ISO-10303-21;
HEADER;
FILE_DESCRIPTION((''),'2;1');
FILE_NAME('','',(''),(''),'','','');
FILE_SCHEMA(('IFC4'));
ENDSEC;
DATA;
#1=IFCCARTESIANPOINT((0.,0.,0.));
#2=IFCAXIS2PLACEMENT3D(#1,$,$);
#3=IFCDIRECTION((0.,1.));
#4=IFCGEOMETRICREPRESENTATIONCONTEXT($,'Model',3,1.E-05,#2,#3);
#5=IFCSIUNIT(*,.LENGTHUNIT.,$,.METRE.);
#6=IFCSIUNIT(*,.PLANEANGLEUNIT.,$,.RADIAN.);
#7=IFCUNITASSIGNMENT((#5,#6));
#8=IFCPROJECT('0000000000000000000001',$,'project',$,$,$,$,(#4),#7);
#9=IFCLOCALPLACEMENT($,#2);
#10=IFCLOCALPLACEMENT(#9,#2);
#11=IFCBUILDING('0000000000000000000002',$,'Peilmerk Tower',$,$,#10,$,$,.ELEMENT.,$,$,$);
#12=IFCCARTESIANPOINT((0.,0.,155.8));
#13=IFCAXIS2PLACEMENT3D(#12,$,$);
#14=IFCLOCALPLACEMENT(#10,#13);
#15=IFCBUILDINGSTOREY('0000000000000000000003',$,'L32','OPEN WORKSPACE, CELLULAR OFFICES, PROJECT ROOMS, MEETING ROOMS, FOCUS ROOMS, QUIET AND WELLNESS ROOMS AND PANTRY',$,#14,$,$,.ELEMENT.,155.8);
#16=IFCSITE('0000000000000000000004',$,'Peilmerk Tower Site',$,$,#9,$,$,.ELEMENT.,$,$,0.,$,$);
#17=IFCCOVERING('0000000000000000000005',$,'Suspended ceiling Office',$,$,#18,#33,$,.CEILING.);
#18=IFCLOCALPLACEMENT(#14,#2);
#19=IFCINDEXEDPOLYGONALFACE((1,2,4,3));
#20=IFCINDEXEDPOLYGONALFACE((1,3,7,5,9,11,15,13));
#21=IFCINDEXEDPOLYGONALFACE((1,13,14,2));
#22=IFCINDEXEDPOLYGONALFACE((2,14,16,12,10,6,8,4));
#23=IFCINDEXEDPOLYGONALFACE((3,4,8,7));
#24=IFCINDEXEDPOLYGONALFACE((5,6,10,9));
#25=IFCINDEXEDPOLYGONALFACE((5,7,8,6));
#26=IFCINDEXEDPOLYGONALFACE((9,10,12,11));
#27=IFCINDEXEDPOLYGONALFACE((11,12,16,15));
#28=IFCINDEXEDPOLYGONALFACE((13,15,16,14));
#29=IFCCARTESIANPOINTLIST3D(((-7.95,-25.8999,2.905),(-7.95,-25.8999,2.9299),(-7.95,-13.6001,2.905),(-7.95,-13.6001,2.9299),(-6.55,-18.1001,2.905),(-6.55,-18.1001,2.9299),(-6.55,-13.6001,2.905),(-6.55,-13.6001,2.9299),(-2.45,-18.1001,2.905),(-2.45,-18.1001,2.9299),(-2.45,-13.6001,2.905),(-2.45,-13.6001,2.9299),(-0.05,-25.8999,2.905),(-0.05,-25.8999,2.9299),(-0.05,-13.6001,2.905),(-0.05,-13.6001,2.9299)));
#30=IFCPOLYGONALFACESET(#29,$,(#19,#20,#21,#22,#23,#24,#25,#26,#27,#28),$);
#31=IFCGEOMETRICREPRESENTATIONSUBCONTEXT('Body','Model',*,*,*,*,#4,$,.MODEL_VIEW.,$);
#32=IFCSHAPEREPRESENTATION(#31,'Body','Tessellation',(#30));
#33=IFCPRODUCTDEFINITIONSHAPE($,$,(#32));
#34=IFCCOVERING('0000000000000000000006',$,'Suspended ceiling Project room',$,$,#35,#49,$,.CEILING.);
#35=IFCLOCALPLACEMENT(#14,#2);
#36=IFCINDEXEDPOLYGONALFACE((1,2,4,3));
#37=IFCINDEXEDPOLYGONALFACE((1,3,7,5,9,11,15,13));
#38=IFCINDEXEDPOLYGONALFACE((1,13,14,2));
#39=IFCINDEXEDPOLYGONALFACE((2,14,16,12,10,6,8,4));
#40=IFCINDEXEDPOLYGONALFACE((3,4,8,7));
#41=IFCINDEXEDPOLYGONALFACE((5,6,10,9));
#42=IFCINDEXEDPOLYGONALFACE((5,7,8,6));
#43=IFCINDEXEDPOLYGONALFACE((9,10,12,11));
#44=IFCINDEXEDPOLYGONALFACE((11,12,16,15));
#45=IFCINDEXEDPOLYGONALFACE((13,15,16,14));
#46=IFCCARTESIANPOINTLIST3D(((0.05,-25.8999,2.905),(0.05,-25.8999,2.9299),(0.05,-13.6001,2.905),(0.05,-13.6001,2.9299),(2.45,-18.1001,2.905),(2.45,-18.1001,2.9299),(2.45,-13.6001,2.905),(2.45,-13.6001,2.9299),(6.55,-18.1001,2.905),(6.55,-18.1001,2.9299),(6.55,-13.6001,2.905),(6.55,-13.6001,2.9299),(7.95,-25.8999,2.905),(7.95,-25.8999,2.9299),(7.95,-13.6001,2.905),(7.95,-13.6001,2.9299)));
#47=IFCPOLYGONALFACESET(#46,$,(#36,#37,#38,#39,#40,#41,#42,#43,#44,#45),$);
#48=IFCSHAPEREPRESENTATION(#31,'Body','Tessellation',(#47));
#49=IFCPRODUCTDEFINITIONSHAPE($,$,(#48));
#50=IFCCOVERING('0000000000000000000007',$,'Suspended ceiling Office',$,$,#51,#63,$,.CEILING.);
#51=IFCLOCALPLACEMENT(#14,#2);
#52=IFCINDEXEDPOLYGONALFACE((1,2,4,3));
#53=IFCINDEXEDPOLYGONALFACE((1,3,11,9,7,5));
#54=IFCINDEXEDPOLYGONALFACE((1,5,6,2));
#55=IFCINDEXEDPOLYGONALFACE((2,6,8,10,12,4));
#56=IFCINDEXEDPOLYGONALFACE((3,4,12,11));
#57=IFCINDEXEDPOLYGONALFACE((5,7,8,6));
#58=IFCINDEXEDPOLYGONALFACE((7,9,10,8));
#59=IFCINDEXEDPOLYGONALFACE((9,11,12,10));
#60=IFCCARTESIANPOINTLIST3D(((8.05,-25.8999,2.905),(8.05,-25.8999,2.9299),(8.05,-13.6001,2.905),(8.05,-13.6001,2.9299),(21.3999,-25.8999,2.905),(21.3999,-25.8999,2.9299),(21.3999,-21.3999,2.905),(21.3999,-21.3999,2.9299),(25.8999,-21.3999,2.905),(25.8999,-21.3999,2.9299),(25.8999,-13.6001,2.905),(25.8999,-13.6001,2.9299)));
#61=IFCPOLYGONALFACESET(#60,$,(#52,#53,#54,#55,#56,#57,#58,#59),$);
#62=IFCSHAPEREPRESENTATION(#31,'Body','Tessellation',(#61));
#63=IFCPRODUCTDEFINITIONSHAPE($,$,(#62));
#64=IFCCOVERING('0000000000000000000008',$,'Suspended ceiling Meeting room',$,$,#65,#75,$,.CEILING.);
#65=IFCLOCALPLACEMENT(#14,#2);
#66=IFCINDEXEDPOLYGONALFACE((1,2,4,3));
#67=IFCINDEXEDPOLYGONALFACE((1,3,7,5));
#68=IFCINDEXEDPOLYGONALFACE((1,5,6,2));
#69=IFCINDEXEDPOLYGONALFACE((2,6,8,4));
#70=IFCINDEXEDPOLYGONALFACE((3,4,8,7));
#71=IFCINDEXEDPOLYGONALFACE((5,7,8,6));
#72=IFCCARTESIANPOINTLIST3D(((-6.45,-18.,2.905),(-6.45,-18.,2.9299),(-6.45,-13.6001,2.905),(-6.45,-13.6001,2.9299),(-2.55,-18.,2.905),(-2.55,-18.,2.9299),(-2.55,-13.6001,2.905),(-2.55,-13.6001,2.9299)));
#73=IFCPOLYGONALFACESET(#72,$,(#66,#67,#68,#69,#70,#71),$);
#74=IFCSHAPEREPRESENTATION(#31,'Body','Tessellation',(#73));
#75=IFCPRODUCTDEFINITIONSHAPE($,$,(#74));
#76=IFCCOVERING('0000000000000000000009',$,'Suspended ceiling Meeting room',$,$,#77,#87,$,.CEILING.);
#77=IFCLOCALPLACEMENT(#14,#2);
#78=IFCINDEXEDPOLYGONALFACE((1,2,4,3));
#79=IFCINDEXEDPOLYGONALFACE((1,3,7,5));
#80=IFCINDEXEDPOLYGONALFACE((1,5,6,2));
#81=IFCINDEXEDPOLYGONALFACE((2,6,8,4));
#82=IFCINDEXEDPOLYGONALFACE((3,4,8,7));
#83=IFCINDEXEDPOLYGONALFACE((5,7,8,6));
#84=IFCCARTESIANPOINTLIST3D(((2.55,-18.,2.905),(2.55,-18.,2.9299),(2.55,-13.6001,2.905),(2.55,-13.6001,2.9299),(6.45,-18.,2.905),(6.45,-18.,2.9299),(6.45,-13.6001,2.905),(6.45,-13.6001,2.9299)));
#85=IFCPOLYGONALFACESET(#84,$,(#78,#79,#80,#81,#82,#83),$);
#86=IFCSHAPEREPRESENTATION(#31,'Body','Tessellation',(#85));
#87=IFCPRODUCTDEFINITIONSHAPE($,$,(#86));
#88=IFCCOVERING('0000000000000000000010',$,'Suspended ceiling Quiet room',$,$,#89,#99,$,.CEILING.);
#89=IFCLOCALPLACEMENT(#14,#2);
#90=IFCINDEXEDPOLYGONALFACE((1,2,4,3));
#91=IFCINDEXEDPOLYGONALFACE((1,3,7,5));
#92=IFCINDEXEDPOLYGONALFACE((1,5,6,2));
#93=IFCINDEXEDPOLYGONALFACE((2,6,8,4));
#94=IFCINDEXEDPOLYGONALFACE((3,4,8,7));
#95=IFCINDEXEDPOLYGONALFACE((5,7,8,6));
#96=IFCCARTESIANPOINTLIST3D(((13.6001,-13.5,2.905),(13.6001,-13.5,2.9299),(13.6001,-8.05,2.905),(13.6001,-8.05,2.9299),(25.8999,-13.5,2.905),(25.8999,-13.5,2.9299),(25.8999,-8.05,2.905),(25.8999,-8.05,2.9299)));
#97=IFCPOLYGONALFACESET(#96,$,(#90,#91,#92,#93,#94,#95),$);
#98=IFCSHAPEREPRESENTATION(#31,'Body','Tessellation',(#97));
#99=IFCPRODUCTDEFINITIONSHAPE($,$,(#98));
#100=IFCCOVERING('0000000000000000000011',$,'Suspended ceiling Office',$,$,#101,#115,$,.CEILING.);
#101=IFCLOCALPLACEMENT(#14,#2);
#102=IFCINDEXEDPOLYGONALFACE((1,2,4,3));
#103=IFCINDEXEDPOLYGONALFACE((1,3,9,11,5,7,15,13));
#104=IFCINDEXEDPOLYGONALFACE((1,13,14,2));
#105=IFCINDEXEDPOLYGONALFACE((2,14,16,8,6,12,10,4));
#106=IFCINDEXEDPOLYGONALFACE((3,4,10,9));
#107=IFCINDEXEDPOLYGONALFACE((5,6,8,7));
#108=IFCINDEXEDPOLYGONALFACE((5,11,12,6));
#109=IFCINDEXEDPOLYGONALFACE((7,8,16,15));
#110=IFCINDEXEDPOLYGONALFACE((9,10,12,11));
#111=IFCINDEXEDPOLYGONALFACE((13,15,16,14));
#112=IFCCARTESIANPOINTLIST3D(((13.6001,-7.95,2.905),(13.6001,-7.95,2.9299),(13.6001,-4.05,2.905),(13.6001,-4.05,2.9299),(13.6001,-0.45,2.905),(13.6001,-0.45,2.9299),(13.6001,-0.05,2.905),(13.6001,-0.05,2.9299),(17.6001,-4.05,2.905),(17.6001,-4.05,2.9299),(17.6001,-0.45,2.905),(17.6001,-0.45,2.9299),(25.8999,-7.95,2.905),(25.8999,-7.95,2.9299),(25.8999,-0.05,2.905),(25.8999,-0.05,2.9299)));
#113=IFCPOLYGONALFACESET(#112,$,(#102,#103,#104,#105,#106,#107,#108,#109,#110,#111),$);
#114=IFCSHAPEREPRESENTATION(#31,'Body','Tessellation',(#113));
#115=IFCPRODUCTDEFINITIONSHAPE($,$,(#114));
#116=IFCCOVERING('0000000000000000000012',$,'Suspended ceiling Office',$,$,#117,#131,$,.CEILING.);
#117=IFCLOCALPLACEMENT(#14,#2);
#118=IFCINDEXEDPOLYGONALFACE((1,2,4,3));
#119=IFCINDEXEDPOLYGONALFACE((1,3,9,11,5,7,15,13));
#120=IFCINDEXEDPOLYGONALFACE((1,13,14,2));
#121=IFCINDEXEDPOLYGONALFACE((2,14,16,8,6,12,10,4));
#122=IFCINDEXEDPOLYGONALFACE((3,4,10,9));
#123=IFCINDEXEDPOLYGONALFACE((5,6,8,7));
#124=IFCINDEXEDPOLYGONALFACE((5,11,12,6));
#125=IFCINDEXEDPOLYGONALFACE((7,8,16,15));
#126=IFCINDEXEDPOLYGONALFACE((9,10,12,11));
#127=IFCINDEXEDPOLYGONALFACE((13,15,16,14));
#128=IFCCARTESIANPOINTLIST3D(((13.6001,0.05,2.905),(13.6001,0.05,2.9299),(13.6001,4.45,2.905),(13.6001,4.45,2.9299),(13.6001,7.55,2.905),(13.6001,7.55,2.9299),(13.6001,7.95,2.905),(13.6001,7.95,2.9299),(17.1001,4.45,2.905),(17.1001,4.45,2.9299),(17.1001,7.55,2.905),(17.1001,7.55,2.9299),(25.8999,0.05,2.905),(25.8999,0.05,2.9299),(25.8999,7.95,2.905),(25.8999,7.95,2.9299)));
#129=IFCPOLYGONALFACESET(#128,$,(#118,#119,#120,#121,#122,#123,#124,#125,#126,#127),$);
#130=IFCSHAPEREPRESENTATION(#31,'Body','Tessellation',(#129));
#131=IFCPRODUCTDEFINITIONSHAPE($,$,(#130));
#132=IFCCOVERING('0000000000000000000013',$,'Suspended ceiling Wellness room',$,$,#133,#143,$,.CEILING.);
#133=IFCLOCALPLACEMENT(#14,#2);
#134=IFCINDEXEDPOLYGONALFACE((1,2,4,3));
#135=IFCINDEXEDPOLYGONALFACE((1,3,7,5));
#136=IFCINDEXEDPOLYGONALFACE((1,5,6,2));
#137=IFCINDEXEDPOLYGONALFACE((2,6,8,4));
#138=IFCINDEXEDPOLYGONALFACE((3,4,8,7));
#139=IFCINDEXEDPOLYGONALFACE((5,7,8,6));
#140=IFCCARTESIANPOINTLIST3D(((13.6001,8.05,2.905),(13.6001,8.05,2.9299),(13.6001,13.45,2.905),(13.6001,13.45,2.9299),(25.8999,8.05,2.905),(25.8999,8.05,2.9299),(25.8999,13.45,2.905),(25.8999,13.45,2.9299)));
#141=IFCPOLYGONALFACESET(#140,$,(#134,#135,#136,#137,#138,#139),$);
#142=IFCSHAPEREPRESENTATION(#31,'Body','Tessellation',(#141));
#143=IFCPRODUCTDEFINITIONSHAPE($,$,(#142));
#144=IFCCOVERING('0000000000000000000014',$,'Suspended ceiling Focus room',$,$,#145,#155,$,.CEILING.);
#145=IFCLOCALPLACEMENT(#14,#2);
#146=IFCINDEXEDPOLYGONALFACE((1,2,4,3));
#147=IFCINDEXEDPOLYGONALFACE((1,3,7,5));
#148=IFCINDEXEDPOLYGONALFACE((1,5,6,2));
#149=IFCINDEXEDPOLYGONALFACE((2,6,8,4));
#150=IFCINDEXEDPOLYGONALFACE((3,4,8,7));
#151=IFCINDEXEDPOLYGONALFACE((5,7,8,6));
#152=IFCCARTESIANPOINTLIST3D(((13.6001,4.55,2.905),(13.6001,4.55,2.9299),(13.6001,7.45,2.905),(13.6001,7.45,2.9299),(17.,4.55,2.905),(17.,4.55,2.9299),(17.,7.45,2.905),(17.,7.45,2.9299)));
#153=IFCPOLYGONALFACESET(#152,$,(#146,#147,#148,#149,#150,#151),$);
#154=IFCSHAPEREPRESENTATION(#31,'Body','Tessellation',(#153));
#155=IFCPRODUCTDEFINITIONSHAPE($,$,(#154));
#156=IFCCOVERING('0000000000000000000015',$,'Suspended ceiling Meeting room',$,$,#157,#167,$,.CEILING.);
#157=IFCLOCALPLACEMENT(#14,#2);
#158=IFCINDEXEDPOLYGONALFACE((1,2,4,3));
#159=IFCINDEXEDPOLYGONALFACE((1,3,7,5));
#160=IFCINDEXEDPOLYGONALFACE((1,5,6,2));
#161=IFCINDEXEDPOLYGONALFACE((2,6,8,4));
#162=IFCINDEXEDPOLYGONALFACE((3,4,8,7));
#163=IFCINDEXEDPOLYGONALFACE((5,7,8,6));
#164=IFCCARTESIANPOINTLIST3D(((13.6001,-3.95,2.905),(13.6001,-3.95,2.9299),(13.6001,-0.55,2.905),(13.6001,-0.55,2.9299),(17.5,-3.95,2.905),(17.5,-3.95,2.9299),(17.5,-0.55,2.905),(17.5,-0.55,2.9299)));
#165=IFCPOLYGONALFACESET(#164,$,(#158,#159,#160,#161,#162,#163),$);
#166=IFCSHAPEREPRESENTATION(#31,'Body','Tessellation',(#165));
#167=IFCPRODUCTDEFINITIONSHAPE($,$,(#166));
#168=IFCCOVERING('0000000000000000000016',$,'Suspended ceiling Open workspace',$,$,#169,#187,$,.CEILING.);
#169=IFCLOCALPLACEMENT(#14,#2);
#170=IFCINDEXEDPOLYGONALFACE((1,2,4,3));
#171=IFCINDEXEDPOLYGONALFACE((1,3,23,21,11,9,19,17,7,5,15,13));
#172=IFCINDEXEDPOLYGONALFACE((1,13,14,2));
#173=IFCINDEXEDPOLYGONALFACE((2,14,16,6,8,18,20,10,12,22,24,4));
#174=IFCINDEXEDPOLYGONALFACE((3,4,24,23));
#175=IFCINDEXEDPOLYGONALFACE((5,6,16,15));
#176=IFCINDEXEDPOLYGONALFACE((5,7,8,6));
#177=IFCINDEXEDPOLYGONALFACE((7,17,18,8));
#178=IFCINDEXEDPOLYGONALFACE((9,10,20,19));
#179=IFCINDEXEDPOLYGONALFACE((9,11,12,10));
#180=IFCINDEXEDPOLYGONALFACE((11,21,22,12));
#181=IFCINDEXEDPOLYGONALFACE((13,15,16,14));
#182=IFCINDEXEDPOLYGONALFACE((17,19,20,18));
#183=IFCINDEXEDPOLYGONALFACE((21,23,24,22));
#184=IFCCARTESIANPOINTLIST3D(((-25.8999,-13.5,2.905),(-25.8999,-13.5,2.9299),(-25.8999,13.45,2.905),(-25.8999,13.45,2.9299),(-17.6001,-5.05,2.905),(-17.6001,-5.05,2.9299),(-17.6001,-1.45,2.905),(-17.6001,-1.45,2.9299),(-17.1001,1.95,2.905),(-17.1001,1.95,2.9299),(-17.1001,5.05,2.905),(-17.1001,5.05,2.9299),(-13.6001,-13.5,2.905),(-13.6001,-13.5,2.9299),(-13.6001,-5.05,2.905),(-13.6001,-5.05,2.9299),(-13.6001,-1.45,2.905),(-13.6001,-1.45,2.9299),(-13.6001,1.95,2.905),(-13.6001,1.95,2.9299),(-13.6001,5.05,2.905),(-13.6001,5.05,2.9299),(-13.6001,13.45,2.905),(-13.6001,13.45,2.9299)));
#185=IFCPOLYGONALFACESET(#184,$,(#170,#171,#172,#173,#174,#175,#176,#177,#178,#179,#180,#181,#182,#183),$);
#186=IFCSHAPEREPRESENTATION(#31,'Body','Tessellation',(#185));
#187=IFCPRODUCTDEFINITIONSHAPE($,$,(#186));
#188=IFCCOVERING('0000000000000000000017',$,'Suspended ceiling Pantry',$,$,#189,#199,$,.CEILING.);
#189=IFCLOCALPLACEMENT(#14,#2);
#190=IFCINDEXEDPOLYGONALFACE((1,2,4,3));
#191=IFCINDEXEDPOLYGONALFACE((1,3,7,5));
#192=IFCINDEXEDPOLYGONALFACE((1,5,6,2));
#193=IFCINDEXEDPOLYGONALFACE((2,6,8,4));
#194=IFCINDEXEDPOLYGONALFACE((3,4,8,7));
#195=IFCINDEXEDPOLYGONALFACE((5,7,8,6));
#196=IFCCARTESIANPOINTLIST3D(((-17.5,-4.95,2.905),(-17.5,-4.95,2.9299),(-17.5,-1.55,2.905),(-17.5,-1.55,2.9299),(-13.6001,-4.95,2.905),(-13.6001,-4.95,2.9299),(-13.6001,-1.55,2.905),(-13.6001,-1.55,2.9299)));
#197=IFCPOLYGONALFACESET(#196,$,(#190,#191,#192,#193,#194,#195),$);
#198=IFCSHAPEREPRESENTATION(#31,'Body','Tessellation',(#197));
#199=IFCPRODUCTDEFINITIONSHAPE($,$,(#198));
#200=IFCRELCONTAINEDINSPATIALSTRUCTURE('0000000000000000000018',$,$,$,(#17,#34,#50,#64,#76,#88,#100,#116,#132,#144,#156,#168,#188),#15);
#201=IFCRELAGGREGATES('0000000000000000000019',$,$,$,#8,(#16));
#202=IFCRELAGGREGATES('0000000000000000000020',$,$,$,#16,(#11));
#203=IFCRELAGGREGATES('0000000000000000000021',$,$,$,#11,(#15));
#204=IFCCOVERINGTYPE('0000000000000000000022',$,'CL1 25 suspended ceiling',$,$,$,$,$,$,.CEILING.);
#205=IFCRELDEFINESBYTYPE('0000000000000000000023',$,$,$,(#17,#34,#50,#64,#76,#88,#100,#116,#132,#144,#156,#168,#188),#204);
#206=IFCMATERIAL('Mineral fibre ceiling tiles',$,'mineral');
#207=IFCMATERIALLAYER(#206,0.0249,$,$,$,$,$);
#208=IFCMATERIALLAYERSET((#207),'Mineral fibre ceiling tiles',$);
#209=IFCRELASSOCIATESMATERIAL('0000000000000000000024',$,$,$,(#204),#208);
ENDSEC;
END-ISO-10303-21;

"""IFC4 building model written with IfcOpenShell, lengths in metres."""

from ifc_helpers import new_model, si_unit, direction, frame, origin, place, context, subcontext, project, spatial, polyline, outline, extrude, material, layer, layer_set, type_object, element, save


model = new_model("IFC4")

# Units and contexts
model_context = context("Model", 3, precision=1e-05, world=origin(), true_north=direction((0.0, 1.0)))
body_context = subcontext(model_context, "Body", "Model", "MODEL_VIEW")
ifc_project = project(units=[si_unit("LENGTHUNIT", "METRE"), si_unit("PLANEANGLEUNIT", "RADIAN")], contexts=[model_context])

# Site, building, storey
site_placement = place(None, origin())
site = spatial("IfcSite", under=ifc_project, at=site_placement, Name="Peilmerk Tower Site", CompositionType="ELEMENT", RefElevation=0.0)
building_placement = place(site_placement, origin())
building = spatial("IfcBuilding", under=site, at=building_placement, Name="Peilmerk Tower", CompositionType="ELEMENT")
storey_placement = place(building_placement, frame((0.0, 0.0, 155.8)))
storey = spatial("IfcBuildingStorey", under=building, at=storey_placement, Name="L32", Description="OPEN WORKSPACE, CELLULAR OFFICES, PROJECT ROOMS, MEETING ROOMS, FOCUS ROOMS, QUIET AND WELLNESS ROOMS AND PANTRY", CompositionType="ELEMENT", Elevation=155.8)

# Coverings
ifc_material_1 = material(Name="Mineral fibre ceiling tiles", Category="mineral")
ifc_layer_1 = layer(ifc_material_1, 0.0249)
ifc_layer_set_1 = layer_set([ifc_layer_1], Name="Mineral fibre ceiling tiles")
covering_type = type_object("IfcCoveringType", Name="CL1 25 suspended ceiling", PredefinedType="CEILING", material=ifc_layer_set_1)
covering_1_placement = place(storey_placement, frame((0.0, 0.0, 2.905)))
element("IfcCovering", 1, at=covering_1_placement, inside=storey, type_object=covering_type, Name="Suspended ceiling Office", PredefinedType="CEILING", context=body_context, shape_type="SweptSolid", body=[
    extrude(outline(polyline([(-7.95, -13.6001), (-7.95, -25.8999), (-0.05, -25.8999), (-0.05, -13.6001), (-2.45, -13.6001), (-2.45, -18.1001), (-6.55, -18.1001), (-6.55, -13.6001), (-7.95, -13.6001)])), origin(), (0.0, 0.0, 1.0), 0.0249),
])
covering_2_placement = place(storey_placement, frame((0.0, 0.0, 2.905)))
element("IfcCovering", 2, at=covering_2_placement, inside=storey, type_object=covering_type, Name="Suspended ceiling Project room", PredefinedType="CEILING", context=body_context, shape_type="SweptSolid", body=[
    extrude(outline(polyline([(0.05, -13.6001), (0.05, -25.8999), (7.95, -25.8999), (7.95, -13.6001), (6.55, -13.6001), (6.55, -18.1001), (2.45, -18.1001), (2.45, -13.6001), (0.05, -13.6001)])), origin(), (0.0, 0.0, 1.0), 0.0249),
])
covering_3_placement = place(storey_placement, frame((0.0, 0.0, 2.905)))
element("IfcCovering", 3, at=covering_3_placement, inside=storey, type_object=covering_type, Name="Suspended ceiling Office", PredefinedType="CEILING", context=body_context, shape_type="SweptSolid", body=[
    extrude(outline(polyline([(8.05, -25.8999), (21.3999, -25.8999), (21.3999, -21.3999), (25.8999, -21.3999), (25.8999, -13.6001), (8.05, -13.6001), (8.05, -25.8999)])), origin(), (0.0, 0.0, 1.0), 0.0249),
])
covering_4_placement = place(storey_placement, frame((0.0, 0.0, 2.905)))
element("IfcCovering", 4, at=covering_4_placement, inside=storey, type_object=covering_type, Name="Suspended ceiling Meeting room", PredefinedType="CEILING", context=body_context, shape_type="SweptSolid", body=[
    extrude(outline(polyline([(-2.55, -18.0), (-2.55, -13.6001), (-6.45, -13.6001), (-6.45, -18.0), (-2.55, -18.0)])), origin(), (0.0, 0.0, 1.0), 0.0249),
])
covering_5_placement = place(storey_placement, frame((0.0, 0.0, 2.905)))
element("IfcCovering", 5, at=covering_5_placement, inside=storey, type_object=covering_type, Name="Suspended ceiling Meeting room", PredefinedType="CEILING", context=body_context, shape_type="SweptSolid", body=[
    extrude(outline(polyline([(6.45, -18.0), (6.45, -13.6001), (2.55, -13.6001), (2.55, -18.0), (6.45, -18.0)])), origin(), (0.0, 0.0, 1.0), 0.0249),
])
covering_6_placement = place(storey_placement, frame((0.0, 0.0, 2.905)))
element("IfcCovering", 6, at=covering_6_placement, inside=storey, type_object=covering_type, Name="Suspended ceiling Quiet room", PredefinedType="CEILING", context=body_context, shape_type="SweptSolid", body=[
    extrude(outline(polyline([(25.8999, -13.5), (25.8999, -8.05), (13.6001, -8.05), (13.6001, -13.5), (25.8999, -13.5)])), origin(), (0.0, 0.0, 1.0), 0.0249),
])
covering_7_placement = place(storey_placement, frame((0.0, 0.0, 2.905)))
element("IfcCovering", 7, at=covering_7_placement, inside=storey, type_object=covering_type, Name="Suspended ceiling Office", PredefinedType="CEILING", context=body_context, shape_type="SweptSolid", body=[
    extrude(outline(polyline([(13.6001, -7.95), (25.8999, -7.95), (25.8999, -0.05), (13.6001, -0.05), (13.6001, -0.45), (17.6001, -0.45), (17.6001, -4.05), (13.6001, -4.05), (13.6001, -7.95)])), origin(), (0.0, 0.0, 1.0), 0.0249),
])
covering_8_placement = place(storey_placement, frame((0.0, 0.0, 2.905)))
element("IfcCovering", 8, at=covering_8_placement, inside=storey, type_object=covering_type, Name="Suspended ceiling Office", PredefinedType="CEILING", context=body_context, shape_type="SweptSolid", body=[
    extrude(outline(polyline([(13.6001, 0.05), (25.8999, 0.05), (25.8999, 7.95), (13.6001, 7.95), (13.6001, 7.55), (17.1001, 7.55), (17.1001, 4.45), (13.6001, 4.45), (13.6001, 0.05)])), origin(), (0.0, 0.0, 1.0), 0.0249),
])
covering_9_placement = place(storey_placement, frame((0.0, 0.0, 2.905)))
element("IfcCovering", 9, at=covering_9_placement, inside=storey, type_object=covering_type, Name="Suspended ceiling Wellness room", PredefinedType="CEILING", context=body_context, shape_type="SweptSolid", body=[
    extrude(outline(polyline([(25.8999, 8.05), (25.8999, 13.45), (13.6001, 13.45), (13.6001, 8.05), (25.8999, 8.05)])), origin(), (0.0, 0.0, 1.0), 0.0249),
])
covering_10_placement = place(storey_placement, frame((0.0, 0.0, 2.905)))
element("IfcCovering", 10, at=covering_10_placement, inside=storey, type_object=covering_type, Name="Suspended ceiling Focus room", PredefinedType="CEILING", context=body_context, shape_type="SweptSolid", body=[
    extrude(outline(polyline([(17.0, 4.55), (17.0, 7.45), (13.6001, 7.45), (13.6001, 4.55), (17.0, 4.55)])), origin(), (0.0, 0.0, 1.0), 0.0249),
])
covering_11_placement = place(storey_placement, frame((0.0, 0.0, 2.905)))
element("IfcCovering", 11, at=covering_11_placement, inside=storey, type_object=covering_type, Name="Suspended ceiling Meeting room", PredefinedType="CEILING", context=body_context, shape_type="SweptSolid", body=[
    extrude(outline(polyline([(17.5, -3.95), (17.5, -0.55), (13.6001, -0.55), (13.6001, -3.95), (17.5, -3.95)])), origin(), (0.0, 0.0, 1.0), 0.0249),
])
covering_12_placement = place(storey_placement, frame((0.0, 0.0, 2.905)))
element("IfcCovering", 12, at=covering_12_placement, inside=storey, type_object=covering_type, Name="Suspended ceiling Open workspace", PredefinedType="CEILING", context=body_context, shape_type="SweptSolid", body=[
    extrude(outline(polyline([(-13.6001, 13.45), (-25.8999, 13.45), (-25.8999, -13.5), (-13.6001, -13.5), (-13.6001, -5.05), (-17.6001, -5.05), (-17.6001, -1.45), (-13.6001, -1.45), (-13.6001, 1.95), (-17.1001, 1.95), (-17.1001, 5.05), (-13.6001, 5.05), (-13.6001, 13.45)])), origin(), (0.0, 0.0, 1.0), 0.0249),
])
covering_13_placement = place(storey_placement, frame((0.0, 0.0, 2.905)))
element("IfcCovering", 13, at=covering_13_placement, inside=storey, type_object=covering_type, Name="Suspended ceiling Pantry", PredefinedType="CEILING", context=body_context, shape_type="SweptSolid", body=[
    extrude(outline(polyline([(-13.6001, -4.95), (-13.6001, -1.55), (-17.5, -1.55), (-17.5, -4.95), (-13.6001, -4.95)])), origin(), (0.0, 0.0, 1.0), 0.0249),
])

save(model, "model.ifc")
